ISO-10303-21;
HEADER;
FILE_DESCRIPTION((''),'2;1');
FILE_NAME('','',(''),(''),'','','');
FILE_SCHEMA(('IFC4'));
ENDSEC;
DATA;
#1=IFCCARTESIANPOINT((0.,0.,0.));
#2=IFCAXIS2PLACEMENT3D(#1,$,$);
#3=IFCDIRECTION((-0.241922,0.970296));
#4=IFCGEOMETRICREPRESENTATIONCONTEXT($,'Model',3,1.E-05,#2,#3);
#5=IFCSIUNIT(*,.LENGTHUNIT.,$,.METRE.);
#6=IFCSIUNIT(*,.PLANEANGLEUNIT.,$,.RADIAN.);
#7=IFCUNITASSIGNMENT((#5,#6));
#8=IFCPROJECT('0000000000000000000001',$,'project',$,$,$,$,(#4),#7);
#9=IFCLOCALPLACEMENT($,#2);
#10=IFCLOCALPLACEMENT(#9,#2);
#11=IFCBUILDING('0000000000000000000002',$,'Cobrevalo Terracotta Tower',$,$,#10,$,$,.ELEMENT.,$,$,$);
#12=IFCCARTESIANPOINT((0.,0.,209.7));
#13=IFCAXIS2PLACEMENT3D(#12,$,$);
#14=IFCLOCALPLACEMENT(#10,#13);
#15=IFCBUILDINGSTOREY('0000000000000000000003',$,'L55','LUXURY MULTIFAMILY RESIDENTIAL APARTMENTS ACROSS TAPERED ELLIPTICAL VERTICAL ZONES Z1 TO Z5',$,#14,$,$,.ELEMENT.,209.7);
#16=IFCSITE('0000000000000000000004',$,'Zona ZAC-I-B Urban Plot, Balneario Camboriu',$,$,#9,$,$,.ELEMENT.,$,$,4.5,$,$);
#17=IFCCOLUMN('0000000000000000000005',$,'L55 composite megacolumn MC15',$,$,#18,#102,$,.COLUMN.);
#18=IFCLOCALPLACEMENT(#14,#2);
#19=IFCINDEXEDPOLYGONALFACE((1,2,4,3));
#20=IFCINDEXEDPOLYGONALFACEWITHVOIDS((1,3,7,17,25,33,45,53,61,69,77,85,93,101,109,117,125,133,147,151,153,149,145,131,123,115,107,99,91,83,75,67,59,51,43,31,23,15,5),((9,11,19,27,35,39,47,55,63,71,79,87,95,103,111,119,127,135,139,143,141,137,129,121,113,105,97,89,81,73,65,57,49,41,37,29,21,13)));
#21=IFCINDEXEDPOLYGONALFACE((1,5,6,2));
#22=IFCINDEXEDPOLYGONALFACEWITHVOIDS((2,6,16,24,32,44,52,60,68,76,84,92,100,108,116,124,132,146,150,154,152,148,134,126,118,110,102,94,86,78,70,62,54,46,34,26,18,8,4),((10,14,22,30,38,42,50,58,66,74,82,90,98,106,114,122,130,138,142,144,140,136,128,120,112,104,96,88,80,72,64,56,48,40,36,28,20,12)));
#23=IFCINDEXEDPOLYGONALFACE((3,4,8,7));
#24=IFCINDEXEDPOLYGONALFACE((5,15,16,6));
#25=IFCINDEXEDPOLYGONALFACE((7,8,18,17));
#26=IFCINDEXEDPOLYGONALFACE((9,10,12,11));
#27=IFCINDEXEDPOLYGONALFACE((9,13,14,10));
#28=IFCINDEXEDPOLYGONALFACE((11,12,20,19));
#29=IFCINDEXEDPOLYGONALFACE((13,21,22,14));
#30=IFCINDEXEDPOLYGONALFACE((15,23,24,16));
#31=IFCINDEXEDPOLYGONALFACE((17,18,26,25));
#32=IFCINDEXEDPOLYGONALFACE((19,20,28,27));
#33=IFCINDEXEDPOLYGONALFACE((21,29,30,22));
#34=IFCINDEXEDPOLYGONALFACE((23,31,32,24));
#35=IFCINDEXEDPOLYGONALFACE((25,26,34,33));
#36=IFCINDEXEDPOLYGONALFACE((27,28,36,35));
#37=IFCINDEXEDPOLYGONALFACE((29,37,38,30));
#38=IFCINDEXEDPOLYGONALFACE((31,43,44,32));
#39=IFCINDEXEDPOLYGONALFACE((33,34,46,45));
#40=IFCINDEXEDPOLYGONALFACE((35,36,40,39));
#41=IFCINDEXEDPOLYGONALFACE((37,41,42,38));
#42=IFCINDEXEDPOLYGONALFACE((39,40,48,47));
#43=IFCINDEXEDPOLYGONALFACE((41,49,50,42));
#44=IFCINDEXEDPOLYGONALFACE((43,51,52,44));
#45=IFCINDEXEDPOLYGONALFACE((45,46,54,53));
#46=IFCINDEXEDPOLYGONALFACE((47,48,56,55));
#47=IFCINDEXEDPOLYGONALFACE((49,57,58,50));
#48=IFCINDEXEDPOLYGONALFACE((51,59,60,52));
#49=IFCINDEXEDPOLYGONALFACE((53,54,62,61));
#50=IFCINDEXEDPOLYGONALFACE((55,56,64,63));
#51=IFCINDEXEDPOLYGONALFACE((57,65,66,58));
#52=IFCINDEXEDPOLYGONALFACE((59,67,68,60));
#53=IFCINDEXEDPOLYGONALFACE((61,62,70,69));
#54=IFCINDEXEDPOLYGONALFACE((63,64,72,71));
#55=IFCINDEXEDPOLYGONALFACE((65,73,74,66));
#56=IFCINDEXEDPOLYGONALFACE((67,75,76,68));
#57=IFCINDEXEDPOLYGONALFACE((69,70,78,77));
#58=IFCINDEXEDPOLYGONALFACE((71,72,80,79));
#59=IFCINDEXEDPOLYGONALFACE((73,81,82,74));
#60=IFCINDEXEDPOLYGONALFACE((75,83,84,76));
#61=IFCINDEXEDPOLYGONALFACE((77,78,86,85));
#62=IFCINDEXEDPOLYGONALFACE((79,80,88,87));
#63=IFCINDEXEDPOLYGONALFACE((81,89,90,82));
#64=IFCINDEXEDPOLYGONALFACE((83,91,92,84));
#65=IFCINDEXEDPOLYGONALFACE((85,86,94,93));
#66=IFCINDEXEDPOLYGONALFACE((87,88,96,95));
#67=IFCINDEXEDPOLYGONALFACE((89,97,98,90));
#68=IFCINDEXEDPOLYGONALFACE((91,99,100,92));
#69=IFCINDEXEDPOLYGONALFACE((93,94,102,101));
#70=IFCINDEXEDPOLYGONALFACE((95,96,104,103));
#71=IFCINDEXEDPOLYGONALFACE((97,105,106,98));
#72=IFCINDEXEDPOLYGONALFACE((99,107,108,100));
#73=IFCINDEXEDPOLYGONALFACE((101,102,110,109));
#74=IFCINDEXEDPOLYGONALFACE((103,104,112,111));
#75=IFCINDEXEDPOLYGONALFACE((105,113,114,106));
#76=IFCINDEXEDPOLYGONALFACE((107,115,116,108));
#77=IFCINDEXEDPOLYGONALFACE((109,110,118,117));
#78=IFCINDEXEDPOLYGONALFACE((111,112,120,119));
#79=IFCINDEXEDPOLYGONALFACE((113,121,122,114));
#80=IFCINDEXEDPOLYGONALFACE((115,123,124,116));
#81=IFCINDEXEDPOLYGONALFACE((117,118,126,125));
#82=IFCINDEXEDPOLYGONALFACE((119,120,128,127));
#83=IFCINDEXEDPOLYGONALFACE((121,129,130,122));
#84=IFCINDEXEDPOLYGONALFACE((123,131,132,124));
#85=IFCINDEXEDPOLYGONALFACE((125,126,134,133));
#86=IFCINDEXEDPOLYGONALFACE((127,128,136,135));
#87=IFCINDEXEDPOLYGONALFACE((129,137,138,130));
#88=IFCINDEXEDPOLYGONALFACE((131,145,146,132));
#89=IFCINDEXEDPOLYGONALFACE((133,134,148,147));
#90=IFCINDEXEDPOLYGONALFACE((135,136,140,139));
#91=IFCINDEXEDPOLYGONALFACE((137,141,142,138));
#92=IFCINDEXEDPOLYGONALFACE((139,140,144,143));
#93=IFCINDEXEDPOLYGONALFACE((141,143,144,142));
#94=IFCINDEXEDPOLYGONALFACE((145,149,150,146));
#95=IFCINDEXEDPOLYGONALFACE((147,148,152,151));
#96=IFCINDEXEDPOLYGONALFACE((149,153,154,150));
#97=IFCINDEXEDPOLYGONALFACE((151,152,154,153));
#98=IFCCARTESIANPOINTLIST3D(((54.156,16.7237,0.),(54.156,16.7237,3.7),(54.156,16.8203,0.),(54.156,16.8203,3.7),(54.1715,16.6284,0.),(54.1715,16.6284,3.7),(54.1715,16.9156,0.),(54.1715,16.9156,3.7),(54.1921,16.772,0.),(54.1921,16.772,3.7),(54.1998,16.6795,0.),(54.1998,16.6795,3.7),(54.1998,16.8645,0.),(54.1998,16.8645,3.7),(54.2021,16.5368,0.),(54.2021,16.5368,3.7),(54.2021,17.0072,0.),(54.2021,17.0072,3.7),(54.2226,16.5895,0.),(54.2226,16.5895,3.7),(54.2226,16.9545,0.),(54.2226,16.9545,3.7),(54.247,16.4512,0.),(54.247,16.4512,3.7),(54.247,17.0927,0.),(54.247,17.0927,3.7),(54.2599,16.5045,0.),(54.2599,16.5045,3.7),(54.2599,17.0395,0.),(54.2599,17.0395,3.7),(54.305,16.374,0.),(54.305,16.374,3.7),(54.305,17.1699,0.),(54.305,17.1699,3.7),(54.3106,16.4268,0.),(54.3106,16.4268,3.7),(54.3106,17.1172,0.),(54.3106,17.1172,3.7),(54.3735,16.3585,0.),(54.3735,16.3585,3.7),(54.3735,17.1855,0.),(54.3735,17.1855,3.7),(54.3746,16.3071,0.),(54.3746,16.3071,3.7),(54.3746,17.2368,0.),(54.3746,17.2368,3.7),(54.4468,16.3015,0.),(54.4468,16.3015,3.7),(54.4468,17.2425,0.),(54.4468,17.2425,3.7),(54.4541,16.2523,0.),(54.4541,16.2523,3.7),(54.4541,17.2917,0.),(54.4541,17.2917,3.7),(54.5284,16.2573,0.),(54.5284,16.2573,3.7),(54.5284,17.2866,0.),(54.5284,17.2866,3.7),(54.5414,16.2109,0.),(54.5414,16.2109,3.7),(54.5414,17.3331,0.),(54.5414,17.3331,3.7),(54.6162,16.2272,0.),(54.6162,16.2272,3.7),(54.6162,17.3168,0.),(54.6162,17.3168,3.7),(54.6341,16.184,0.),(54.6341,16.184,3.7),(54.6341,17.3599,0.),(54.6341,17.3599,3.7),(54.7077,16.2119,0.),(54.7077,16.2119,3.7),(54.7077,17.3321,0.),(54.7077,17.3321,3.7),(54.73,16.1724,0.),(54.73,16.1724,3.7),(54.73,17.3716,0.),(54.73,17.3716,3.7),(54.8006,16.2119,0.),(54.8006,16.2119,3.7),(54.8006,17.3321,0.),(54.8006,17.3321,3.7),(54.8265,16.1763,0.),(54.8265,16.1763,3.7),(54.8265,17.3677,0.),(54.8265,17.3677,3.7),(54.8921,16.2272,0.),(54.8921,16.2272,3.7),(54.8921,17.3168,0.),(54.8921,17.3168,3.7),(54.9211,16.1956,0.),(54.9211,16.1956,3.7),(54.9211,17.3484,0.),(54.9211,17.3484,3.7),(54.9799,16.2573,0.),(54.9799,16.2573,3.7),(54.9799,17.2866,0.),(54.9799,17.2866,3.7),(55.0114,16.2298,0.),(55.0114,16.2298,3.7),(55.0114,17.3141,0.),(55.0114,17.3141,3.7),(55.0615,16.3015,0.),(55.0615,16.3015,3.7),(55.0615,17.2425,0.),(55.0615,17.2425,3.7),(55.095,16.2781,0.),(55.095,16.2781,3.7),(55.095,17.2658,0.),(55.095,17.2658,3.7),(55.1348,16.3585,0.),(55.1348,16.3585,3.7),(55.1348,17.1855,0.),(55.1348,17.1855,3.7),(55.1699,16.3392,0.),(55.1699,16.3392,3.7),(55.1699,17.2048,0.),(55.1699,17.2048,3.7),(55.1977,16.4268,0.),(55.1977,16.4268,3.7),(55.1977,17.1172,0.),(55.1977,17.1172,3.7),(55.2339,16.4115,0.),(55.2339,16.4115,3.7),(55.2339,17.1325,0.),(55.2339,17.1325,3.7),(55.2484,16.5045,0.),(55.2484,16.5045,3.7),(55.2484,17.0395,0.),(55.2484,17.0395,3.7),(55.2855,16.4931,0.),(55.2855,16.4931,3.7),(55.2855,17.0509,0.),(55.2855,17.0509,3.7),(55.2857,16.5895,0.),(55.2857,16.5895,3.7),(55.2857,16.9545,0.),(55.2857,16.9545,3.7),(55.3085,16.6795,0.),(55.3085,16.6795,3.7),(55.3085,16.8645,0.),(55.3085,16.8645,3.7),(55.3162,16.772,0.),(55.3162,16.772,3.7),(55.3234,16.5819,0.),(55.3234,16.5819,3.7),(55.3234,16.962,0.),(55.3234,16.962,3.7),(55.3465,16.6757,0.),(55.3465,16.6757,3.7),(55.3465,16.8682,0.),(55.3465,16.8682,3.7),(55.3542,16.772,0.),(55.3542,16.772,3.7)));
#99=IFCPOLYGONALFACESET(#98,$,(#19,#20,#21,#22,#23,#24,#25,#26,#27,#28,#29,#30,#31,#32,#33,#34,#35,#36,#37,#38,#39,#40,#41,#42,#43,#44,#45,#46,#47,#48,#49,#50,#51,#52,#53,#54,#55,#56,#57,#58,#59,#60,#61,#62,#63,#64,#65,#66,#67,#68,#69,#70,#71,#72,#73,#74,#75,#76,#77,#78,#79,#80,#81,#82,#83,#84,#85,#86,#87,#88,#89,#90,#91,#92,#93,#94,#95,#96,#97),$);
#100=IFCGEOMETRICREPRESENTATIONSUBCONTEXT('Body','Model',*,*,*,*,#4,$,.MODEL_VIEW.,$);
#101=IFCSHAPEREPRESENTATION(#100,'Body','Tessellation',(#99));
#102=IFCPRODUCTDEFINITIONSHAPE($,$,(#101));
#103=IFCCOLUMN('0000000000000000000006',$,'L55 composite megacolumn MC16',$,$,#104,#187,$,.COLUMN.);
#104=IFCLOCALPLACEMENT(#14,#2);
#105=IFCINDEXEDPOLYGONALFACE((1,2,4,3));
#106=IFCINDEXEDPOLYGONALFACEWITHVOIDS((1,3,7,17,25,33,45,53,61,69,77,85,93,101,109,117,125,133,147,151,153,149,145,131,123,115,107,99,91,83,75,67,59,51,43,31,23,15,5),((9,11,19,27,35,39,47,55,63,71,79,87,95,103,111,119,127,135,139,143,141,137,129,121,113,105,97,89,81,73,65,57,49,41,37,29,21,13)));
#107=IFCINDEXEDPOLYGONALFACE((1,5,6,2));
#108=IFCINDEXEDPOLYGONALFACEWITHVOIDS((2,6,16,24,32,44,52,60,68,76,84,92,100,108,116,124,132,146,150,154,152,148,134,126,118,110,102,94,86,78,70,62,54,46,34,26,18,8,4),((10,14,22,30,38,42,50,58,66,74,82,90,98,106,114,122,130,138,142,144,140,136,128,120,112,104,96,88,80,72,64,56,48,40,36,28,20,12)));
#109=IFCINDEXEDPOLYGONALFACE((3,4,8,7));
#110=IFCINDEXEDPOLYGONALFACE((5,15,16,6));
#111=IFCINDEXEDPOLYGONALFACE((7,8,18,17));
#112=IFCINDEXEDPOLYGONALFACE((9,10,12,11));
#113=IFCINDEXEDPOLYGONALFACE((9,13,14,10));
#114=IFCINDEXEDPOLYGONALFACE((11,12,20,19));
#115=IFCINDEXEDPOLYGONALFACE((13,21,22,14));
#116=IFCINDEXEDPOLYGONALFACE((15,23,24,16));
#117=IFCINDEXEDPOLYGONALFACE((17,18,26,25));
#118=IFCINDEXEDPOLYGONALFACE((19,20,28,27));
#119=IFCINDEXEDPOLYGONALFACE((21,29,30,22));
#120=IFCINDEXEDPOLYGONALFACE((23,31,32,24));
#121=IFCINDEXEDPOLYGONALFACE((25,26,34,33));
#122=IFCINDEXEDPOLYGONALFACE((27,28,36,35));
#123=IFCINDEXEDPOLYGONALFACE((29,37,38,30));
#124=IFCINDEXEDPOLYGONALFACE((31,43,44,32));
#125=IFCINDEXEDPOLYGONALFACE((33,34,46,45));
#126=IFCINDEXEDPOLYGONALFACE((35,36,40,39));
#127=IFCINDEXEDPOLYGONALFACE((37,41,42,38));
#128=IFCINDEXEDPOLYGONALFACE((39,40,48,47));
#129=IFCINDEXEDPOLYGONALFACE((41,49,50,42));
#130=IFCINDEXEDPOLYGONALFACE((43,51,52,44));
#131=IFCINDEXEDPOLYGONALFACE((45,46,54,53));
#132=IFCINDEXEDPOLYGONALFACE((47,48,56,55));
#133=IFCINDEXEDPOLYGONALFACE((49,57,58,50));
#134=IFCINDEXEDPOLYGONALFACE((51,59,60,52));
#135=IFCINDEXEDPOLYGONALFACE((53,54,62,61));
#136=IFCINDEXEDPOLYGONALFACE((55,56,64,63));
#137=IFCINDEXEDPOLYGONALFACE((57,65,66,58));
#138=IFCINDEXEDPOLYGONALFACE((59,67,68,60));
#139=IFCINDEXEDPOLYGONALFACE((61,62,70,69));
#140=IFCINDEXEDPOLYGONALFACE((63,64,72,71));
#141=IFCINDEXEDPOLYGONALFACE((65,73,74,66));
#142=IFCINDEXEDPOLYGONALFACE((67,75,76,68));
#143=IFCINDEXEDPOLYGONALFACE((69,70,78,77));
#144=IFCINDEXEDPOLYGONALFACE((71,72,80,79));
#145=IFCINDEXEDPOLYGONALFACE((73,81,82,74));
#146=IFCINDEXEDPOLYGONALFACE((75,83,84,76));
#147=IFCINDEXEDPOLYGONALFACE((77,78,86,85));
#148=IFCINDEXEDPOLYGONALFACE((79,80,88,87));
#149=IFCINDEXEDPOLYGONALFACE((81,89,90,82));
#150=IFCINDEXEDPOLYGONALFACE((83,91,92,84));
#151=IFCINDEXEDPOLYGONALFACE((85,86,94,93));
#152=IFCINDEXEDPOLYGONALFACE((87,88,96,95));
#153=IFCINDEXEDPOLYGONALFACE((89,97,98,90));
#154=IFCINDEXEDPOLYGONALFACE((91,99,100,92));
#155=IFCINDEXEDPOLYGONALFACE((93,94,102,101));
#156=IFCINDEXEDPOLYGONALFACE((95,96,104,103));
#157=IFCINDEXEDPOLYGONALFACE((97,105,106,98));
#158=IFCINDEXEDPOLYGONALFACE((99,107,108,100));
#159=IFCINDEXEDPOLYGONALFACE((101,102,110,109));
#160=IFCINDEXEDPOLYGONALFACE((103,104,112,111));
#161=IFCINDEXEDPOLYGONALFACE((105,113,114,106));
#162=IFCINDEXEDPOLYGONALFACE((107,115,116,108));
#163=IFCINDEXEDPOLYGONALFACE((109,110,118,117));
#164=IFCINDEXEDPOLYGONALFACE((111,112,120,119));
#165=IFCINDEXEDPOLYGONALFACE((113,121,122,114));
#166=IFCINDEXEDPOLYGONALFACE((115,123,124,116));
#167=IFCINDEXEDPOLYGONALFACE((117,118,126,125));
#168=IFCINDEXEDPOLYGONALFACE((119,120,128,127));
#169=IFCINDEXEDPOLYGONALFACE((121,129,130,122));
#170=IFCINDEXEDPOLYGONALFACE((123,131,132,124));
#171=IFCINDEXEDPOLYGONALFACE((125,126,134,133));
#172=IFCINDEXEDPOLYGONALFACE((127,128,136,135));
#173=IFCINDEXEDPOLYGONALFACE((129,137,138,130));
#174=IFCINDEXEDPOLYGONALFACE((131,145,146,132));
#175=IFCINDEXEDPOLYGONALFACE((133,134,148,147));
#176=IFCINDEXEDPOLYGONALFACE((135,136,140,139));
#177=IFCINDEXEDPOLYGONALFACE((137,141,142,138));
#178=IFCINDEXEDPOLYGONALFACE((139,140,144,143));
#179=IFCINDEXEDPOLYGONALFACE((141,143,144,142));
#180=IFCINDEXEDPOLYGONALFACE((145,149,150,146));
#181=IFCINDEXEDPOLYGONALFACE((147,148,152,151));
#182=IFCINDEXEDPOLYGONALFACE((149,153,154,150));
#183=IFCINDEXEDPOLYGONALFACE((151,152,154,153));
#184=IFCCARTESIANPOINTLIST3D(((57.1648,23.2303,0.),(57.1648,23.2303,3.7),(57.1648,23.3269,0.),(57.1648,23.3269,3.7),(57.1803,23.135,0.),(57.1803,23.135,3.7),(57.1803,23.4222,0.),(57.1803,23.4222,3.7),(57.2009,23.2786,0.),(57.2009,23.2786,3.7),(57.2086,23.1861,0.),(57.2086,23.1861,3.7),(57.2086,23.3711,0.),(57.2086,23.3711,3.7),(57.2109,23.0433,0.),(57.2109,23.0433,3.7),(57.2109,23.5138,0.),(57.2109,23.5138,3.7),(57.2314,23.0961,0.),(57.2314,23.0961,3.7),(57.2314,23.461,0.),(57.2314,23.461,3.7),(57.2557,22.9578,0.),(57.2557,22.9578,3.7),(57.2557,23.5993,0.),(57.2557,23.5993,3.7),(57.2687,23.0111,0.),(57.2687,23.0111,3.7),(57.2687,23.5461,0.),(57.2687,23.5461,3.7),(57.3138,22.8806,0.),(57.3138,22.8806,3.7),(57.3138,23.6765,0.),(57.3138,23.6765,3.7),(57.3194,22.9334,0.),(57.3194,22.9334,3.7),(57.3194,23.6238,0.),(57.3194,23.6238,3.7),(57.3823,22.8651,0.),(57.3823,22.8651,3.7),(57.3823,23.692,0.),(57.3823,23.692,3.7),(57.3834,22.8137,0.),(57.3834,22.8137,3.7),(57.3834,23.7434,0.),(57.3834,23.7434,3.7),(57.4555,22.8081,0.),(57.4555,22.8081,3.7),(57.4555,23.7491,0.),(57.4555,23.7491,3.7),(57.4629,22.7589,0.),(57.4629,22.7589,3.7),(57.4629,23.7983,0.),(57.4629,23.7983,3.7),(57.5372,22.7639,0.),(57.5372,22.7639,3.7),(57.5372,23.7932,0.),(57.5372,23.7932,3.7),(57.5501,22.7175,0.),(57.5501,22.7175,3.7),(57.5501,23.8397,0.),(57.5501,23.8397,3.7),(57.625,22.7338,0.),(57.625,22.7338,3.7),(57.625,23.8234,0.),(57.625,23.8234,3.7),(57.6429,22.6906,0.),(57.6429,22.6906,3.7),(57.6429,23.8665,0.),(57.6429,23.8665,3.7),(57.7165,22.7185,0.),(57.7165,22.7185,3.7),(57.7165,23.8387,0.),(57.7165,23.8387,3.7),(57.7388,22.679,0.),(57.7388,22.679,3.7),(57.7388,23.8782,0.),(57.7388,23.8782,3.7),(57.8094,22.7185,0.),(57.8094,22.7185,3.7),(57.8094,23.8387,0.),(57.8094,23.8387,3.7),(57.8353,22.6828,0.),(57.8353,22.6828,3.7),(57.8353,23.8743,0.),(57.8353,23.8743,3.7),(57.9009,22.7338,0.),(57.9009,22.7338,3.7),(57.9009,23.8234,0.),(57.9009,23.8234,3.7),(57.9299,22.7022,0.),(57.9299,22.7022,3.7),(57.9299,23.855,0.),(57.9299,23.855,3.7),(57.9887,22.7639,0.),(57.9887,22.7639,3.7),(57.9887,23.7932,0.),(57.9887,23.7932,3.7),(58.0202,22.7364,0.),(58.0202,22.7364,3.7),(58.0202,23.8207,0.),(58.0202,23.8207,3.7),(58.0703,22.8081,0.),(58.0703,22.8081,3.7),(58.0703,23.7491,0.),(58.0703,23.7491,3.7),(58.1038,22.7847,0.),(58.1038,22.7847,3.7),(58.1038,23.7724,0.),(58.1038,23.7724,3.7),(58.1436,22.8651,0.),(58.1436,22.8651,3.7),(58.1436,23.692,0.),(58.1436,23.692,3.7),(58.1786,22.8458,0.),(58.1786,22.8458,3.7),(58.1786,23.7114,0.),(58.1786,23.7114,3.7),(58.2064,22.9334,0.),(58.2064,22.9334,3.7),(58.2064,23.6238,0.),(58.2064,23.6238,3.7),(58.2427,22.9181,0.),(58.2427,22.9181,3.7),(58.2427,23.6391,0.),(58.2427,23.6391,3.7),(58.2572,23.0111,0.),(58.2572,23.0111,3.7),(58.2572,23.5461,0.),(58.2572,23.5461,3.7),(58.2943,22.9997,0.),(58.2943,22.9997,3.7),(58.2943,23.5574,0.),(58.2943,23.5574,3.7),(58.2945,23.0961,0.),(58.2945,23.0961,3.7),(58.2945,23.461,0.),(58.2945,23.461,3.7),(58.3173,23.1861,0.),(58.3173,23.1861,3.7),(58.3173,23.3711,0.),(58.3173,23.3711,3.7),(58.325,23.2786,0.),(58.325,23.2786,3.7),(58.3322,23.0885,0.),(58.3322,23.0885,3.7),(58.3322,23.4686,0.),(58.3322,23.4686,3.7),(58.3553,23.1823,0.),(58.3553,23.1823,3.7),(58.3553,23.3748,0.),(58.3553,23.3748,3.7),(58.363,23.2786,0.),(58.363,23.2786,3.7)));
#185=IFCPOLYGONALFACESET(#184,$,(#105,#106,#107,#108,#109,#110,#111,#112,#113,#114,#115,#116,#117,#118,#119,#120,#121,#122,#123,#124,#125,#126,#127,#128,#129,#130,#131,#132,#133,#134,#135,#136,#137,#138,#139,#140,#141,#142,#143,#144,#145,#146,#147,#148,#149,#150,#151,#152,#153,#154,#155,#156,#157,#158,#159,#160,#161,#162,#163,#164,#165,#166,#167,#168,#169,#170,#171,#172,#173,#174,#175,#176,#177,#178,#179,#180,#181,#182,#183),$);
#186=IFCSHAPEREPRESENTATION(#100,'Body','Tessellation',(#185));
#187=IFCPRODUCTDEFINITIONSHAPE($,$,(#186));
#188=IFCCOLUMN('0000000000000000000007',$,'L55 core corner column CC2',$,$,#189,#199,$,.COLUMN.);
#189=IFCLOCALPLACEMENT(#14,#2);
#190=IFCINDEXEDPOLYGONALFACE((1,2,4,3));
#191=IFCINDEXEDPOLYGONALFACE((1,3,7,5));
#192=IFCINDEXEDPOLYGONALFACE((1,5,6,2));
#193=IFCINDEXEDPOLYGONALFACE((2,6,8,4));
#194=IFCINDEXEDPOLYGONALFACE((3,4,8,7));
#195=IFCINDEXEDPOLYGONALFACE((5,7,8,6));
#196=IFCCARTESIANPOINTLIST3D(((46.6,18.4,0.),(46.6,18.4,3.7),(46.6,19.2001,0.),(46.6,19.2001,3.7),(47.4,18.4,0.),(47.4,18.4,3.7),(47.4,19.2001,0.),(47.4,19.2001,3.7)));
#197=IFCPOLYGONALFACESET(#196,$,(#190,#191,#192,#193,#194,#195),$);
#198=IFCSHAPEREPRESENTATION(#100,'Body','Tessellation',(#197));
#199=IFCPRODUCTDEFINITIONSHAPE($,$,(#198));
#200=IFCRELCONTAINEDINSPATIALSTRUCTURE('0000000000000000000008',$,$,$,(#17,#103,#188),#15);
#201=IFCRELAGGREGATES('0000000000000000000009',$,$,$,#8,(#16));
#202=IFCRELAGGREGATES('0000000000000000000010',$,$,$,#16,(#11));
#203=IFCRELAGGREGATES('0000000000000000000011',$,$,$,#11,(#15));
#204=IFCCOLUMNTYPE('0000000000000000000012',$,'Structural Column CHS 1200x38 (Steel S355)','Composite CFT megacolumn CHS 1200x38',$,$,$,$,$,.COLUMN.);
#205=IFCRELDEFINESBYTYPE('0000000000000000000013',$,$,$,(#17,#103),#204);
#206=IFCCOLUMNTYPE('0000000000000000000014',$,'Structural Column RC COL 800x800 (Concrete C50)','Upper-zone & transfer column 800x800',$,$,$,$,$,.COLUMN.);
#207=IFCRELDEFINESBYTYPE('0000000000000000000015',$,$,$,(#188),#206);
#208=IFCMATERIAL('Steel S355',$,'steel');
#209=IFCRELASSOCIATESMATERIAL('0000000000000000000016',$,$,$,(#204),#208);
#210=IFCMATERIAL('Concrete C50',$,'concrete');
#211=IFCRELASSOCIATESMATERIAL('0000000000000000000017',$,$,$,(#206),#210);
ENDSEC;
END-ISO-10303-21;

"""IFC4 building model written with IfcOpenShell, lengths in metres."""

from ifc_helpers import new_model, si_unit, direction, frame, origin, origin_2d, place, context, subcontext, project, spatial, rectangle, hollow_circle, extrude, material, material_profile, profile_set, type_object, element, save


model = new_model("IFC4")

# Units and contexts
model_context = context("Model", 3, precision=1e-05, world=origin(), true_north=direction((-0.241922, 0.970296)))
body_context = subcontext(model_context, "Body", "Model", "MODEL_VIEW")
ifc_project = project(units=[si_unit("LENGTHUNIT", "METRE"), si_unit("PLANEANGLEUNIT", "RADIAN")], contexts=[model_context])

# Site, building, storey
site_placement = place(None, origin())
site = spatial("IfcSite", under=ifc_project, at=site_placement, Name="Zona ZAC-I-B Urban Plot, Balneario Camboriu", CompositionType="ELEMENT", RefElevation=4.5)
building_placement = place(site_placement, origin())
building = spatial("IfcBuilding", under=site, at=building_placement, Name="Cobrevalo Terracotta Tower", CompositionType="ELEMENT")
storey_placement = place(building_placement, frame((0.0, 0.0, 209.7)))
storey = spatial("IfcBuildingStorey", under=building, at=storey_placement, Name="L55", Description="LUXURY MULTIFAMILY RESIDENTIAL APARTMENTS ACROSS TAPERED ELLIPTICAL VERTICAL ZONES Z1 TO Z5", CompositionType="ELEMENT", Elevation=209.7)

# Columns
ifc_material_1 = material(Name="Steel S355", Category="steel")
ifc_material_profile_1 = material_profile(ifc_material_1, hollow_circle(Radius=0.6001, WallThickness=0.0381, at=origin_2d()), Name="CHS 1200x38")
ifc_profile_set_1 = profile_set([ifc_material_profile_1], Name="Steel S355")
column_type_1 = type_object("IfcColumnType", Name="Structural Column CHS 1200x38 (Steel S355)", Description="Composite CFT megacolumn CHS 1200x38", PredefinedType="COLUMN", material=ifc_profile_set_1)
for number, where, z_axis, x_axis, name in (
    (1, (54.7542, 16.772, 0.0), (0.0, 0.0, 1.0), (1.0, 0.0, 0.0), "L55 composite megacolumn MC15"),
    (2, (57.7629, 23.2786, 0.0), (0.0, 0.0, 1.0), (1.0, 0.0, 0.0), "L55 composite megacolumn MC16"),
):
    element("IfcColumn", number, at=place(storey_placement, frame(where, z_axis=z_axis, x_axis=x_axis)), inside=storey, type_object=column_type_1, Name=name, PredefinedType="COLUMN", context=body_context, shape_type="SweptSolid", body=[
        extrude(hollow_circle(Radius=0.6001, WallThickness=0.0381, at=origin_2d()), origin(), (0.0, 0.0, 1.0), 3.7),
    ])
ifc_material_2 = material(Name="Concrete C50", Category="concrete")
ifc_material_profile_2 = material_profile(ifc_material_2, rectangle(XDim=0.8, YDim=0.8, at=origin_2d()), Name="RC COL 800x800")
ifc_profile_set_2 = profile_set([ifc_material_profile_2], Name="Concrete C50")
column_type_2 = type_object("IfcColumnType", Name="Structural Column RC COL 800x800 (Concrete C50)", Description="Upper-zone & transfer column 800x800", PredefinedType="COLUMN", material=ifc_profile_set_2)
column_placement = place(storey_placement, frame((47.0, 18.8, 0.0), z_axis=(0.0, 0.0, 1.0), x_axis=(1.0, 0.0, 0.0)))
element("IfcColumn", 3, at=column_placement, inside=storey, type_object=column_type_2, Name="L55 core corner column CC2", PredefinedType="COLUMN", context=body_context, shape_type="SweptSolid", body=[
    extrude(rectangle(XDim=0.8, YDim=0.8, at=origin_2d()), origin(), (0.0, 0.0, 1.0), 3.7),
])

save(model, "model.ifc")
